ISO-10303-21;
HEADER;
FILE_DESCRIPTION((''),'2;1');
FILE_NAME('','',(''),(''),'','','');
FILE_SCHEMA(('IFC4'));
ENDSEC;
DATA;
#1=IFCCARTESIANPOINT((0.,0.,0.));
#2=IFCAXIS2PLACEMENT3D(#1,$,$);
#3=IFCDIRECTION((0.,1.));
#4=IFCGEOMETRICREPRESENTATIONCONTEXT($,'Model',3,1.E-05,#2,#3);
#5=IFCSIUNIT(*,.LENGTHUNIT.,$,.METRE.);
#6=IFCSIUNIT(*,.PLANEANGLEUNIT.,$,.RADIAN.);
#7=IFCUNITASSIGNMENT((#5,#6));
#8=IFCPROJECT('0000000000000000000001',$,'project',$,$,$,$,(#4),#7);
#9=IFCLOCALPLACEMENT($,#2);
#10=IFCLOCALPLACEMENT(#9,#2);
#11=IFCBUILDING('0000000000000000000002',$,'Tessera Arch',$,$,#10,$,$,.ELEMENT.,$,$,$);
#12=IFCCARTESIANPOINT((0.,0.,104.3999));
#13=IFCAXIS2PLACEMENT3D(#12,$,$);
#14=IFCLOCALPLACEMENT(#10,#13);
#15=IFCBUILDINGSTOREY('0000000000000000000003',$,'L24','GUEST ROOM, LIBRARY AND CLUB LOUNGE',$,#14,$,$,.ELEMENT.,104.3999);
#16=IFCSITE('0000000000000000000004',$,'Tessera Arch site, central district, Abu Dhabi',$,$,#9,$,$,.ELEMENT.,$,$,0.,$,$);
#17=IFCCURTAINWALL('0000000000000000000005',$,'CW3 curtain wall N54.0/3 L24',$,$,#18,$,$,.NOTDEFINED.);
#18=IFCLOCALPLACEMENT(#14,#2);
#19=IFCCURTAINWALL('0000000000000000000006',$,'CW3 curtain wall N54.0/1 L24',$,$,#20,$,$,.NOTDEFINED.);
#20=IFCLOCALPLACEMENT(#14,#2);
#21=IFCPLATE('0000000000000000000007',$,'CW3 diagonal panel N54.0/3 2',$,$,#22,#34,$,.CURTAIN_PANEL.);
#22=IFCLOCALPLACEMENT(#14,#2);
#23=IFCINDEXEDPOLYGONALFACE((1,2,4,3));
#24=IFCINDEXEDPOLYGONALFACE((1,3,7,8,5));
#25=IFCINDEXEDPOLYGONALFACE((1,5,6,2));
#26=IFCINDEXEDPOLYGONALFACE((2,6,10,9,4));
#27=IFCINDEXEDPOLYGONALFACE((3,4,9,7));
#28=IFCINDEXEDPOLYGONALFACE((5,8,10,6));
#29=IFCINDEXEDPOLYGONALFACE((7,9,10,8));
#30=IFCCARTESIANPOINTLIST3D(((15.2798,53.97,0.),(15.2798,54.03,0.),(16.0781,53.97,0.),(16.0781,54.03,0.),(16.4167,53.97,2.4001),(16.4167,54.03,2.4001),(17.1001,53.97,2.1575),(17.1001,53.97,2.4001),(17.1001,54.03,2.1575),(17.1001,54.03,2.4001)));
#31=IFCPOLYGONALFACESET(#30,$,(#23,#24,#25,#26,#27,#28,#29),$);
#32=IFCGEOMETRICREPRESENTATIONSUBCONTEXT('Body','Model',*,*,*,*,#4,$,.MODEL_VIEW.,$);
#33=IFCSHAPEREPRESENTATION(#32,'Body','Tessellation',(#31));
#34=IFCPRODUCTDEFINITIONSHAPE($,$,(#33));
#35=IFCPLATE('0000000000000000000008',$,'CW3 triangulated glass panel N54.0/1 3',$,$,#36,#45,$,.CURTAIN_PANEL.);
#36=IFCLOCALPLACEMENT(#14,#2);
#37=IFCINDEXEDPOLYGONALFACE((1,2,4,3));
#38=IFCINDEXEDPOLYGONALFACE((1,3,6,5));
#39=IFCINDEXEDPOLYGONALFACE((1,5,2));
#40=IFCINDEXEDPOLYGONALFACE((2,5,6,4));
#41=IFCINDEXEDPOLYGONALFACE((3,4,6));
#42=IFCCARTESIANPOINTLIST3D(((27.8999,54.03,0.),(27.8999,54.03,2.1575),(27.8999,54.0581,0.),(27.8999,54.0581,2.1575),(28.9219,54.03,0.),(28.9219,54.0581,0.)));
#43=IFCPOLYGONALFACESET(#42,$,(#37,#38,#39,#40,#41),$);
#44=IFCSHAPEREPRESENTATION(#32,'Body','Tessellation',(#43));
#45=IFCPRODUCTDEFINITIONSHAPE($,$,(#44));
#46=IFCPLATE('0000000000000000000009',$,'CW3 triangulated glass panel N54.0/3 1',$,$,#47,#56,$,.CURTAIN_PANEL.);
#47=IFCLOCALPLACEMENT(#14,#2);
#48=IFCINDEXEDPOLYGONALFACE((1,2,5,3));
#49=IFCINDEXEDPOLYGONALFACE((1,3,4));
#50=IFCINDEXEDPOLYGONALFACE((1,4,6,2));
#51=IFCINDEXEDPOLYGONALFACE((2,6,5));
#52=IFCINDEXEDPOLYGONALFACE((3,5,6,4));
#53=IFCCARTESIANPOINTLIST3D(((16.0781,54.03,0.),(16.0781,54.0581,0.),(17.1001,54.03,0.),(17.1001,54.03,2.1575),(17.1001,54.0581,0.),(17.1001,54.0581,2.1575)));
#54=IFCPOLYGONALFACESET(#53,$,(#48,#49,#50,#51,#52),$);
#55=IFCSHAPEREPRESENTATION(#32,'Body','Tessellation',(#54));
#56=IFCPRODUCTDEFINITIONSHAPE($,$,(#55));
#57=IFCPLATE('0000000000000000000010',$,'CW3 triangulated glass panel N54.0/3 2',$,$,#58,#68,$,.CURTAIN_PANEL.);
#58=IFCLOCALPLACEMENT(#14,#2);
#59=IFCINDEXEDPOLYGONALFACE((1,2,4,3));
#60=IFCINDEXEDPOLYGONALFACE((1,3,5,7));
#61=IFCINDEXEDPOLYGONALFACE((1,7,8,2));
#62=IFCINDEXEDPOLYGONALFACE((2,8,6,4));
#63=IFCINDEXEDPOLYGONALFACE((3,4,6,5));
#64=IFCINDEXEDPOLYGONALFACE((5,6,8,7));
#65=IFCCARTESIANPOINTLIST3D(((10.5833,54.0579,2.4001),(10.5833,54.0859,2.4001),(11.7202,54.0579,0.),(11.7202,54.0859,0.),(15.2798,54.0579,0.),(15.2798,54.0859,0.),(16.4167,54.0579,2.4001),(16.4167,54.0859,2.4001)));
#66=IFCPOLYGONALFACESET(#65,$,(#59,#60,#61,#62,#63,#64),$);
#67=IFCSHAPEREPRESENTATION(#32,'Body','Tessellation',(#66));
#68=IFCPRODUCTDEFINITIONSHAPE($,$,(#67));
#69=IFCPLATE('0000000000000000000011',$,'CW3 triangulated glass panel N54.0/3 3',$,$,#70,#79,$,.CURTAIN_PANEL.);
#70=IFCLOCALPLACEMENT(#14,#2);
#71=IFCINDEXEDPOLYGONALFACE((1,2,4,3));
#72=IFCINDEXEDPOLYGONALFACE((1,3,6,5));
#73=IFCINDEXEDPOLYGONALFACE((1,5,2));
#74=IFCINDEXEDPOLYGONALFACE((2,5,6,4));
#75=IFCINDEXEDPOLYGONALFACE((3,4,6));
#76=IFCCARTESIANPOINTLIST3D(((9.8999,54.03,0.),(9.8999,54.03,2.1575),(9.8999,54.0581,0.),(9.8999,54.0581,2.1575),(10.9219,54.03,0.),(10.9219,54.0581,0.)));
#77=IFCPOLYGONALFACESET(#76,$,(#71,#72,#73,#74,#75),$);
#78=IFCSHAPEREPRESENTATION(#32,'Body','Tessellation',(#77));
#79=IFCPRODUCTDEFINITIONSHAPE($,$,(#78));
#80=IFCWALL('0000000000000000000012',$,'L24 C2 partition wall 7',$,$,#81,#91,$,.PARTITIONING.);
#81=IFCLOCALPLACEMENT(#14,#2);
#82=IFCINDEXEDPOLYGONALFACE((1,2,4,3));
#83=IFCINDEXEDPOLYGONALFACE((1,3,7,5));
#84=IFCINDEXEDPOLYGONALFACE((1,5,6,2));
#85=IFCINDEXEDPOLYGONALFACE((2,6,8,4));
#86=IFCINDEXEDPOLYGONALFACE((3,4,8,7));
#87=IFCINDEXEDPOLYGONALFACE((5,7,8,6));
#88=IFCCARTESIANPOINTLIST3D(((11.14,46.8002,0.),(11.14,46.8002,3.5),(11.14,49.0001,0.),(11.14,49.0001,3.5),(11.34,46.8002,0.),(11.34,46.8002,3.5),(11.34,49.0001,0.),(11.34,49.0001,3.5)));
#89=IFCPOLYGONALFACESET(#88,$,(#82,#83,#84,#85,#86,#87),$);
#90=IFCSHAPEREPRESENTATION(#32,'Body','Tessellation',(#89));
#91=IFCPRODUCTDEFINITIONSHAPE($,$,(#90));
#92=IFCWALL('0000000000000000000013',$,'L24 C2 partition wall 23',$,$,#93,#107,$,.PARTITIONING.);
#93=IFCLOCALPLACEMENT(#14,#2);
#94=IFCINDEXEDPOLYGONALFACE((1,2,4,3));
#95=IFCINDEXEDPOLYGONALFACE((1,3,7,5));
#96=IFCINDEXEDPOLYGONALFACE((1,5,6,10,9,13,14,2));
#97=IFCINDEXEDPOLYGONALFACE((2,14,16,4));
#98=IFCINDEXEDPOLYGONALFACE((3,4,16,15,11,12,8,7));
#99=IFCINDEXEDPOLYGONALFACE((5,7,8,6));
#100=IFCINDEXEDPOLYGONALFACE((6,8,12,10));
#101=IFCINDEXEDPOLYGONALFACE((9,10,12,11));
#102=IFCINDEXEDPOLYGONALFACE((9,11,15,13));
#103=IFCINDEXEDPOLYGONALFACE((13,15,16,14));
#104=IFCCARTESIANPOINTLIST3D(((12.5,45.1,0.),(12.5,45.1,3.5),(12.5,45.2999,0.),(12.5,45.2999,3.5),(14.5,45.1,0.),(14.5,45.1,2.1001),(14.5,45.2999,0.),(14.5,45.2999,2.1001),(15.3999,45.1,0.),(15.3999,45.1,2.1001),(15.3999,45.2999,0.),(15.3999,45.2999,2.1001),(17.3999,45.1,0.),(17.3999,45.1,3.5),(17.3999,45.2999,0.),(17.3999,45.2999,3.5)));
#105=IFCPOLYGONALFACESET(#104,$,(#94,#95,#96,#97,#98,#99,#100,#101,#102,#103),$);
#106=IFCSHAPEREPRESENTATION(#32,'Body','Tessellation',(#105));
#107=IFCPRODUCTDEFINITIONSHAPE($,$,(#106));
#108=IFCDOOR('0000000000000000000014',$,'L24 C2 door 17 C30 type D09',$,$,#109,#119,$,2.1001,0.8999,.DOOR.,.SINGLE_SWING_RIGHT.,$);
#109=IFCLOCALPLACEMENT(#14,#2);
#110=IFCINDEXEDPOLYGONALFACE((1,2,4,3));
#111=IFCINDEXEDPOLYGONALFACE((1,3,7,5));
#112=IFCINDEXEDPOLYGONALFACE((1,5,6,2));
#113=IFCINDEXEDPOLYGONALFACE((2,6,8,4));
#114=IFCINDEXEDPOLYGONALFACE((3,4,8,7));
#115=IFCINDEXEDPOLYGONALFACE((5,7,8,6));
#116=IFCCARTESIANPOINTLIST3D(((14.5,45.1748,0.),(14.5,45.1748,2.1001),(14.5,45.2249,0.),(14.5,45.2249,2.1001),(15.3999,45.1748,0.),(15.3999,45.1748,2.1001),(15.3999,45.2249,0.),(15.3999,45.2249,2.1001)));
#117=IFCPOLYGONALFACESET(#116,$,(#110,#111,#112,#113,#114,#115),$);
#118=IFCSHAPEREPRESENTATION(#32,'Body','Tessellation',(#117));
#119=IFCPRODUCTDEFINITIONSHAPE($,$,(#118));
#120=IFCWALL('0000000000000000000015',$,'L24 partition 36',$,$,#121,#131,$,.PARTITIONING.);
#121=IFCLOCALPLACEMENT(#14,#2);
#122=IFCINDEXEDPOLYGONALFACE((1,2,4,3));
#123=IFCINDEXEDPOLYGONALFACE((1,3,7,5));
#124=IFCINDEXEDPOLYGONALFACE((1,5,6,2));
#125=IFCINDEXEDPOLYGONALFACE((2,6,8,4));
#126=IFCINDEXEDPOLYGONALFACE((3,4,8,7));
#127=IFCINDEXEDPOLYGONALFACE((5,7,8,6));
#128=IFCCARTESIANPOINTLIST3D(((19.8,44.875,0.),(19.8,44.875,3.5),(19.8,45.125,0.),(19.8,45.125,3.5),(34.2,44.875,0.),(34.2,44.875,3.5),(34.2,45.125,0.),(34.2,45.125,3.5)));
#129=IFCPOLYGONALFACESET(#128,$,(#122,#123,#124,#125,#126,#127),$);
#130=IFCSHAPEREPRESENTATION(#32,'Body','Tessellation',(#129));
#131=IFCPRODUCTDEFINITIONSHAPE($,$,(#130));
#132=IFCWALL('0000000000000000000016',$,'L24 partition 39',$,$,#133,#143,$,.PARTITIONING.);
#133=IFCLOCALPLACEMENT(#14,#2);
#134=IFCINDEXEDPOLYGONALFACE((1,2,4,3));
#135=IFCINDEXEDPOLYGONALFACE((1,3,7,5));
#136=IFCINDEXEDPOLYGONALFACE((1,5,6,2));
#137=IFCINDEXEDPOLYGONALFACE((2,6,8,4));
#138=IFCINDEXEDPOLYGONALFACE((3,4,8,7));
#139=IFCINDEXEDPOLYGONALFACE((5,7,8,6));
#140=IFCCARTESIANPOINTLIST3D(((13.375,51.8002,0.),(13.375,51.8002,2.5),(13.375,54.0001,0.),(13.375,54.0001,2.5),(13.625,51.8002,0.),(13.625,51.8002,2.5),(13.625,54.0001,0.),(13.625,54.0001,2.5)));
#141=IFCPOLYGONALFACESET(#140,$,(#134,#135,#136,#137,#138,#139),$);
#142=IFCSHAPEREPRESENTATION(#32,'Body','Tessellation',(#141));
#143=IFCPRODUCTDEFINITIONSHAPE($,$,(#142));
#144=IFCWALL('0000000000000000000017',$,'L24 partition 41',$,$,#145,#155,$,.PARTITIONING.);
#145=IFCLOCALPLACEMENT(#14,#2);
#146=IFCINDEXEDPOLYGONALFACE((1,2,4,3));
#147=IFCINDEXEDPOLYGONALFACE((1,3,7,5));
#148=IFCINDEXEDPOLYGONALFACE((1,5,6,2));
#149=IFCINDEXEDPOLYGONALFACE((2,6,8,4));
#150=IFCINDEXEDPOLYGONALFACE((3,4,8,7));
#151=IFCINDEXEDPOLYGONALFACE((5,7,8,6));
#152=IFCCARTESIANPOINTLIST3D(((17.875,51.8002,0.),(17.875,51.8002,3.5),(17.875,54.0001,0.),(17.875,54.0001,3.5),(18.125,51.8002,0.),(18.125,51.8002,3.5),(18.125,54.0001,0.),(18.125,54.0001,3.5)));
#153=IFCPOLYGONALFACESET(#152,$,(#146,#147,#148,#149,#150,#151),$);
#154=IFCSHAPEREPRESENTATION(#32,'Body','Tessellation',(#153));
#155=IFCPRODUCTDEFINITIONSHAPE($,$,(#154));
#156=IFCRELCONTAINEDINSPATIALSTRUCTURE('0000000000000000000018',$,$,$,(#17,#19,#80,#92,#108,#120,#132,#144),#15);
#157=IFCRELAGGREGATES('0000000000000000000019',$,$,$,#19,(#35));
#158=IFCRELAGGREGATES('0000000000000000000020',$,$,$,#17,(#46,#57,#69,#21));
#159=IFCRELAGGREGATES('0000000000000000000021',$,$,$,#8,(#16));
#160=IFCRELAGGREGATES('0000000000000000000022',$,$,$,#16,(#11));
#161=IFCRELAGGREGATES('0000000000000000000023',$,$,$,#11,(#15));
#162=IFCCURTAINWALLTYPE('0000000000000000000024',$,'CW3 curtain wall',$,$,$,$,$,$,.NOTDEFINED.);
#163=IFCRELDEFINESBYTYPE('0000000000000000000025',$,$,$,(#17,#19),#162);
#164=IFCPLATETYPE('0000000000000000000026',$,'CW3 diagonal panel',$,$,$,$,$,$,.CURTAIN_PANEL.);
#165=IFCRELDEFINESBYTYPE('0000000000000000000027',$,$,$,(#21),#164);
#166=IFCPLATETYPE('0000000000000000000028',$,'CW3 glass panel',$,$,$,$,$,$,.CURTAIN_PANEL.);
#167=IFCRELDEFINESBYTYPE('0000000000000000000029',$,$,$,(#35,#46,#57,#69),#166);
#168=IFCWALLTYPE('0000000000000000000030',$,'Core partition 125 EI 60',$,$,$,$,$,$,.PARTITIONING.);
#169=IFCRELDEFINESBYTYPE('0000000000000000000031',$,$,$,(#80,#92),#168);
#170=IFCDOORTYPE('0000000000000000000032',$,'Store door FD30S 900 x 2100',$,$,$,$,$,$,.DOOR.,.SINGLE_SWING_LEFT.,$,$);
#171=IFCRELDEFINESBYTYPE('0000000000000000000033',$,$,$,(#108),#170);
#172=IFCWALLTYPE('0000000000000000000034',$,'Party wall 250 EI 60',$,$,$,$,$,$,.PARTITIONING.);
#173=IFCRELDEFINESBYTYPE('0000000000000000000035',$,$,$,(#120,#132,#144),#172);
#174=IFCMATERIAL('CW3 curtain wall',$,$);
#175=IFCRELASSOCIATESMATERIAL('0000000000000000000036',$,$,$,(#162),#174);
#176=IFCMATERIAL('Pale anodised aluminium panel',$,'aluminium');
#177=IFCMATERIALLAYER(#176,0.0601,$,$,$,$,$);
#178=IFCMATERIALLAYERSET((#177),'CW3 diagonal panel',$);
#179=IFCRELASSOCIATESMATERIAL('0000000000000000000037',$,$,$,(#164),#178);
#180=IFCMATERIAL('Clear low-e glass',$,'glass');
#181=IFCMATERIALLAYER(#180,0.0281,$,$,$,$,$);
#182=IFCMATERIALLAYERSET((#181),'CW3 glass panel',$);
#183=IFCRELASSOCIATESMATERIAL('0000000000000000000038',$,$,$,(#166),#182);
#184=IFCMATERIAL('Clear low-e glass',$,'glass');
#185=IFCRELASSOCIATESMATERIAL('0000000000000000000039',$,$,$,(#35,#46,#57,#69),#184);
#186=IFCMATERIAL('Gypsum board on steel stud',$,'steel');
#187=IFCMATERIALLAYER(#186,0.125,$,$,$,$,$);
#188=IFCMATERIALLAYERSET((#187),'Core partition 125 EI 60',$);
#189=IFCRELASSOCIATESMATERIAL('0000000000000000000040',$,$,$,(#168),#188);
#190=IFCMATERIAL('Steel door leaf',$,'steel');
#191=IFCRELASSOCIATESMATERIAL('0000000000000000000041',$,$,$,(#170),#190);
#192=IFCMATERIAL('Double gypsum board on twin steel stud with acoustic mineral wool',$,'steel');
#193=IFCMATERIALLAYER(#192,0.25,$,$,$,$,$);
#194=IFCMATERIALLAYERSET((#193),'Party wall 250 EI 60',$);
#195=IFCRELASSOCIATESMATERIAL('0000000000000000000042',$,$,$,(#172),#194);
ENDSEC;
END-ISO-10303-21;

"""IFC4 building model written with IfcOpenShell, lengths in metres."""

from ifc_helpers import new_model, si_unit, direction, frame, frame_2d, origin, place, context, subcontext, project, spatial, polyline, rectangle, outline, extrude, material, layer, layer_set, type_object, element, fill, aggregate, save


model = new_model("IFC4")

# Units and contexts
model_context = context("Model", 3, precision=1e-05, world=origin(), true_north=direction((0.0, 1.0)))
body_context = subcontext(model_context, "Body", "Model", "MODEL_VIEW")
ifc_project = project(units=[si_unit("LENGTHUNIT", "METRE"), si_unit("PLANEANGLEUNIT", "RADIAN")], contexts=[model_context])

# Site, building, storey
site_placement = place(None, origin())
site = spatial("IfcSite", under=ifc_project, at=site_placement, Name="Tessera Arch site, central district, Abu Dhabi", CompositionType="ELEMENT", RefElevation=0.0)
building_placement = place(site_placement, origin())
building = spatial("IfcBuilding", under=site, at=building_placement, Name="Tessera Arch", CompositionType="ELEMENT")
storey_placement = place(building_placement, frame((0.0, 0.0, 104.3999)))
storey = spatial("IfcBuildingStorey", under=building, at=storey_placement, Name="L24", Description="GUEST ROOM, LIBRARY AND CLUB LOUNGE", CompositionType="ELEMENT", Elevation=104.3999)

# Curtain wall
ifc_material_1 = material(Name="CW3 curtain wall")
curtain_wall_type_1 = type_object("IfcCurtainWallType", Name="CW3 curtain wall", PredefinedType="NOTDEFINED", material=ifc_material_1)
curtain_wall_1_placement = place(storey_placement, origin())
curtain_wall_1 = element("IfcCurtainWall", 1, at=curtain_wall_1_placement, inside=storey, type_object=curtain_wall_type_1, Name="CW3 curtain wall N54.0/3 L24", PredefinedType="NOTDEFINED")

# Shared definitions
ifc_material_2 = material(Name="Clear low-e glass", Category="glass")

# Curtain wall
curtain_wall_2_placement = place(storey_placement, origin())
curtain_wall_2 = element("IfcCurtainWall", 2, at=curtain_wall_2_placement, inside=storey, type_object=curtain_wall_type_1, Name="CW3 curtain wall N54.0/1 L24", PredefinedType="NOTDEFINED")
ifc_material_3 = material(Name="Pale anodised aluminium panel", Category="aluminium")
ifc_layer_1 = layer(ifc_material_3, 0.0601)
ifc_layer_set_1 = layer_set([ifc_layer_1], Name="CW3 diagonal panel")
plate_type_1 = type_object("IfcPlateType", Name="CW3 diagonal panel", PredefinedType="CURTAIN_PANEL", material=ifc_layer_set_1)

# Plates
plate_1_placement = place(storey_placement, frame((17.1001, 54.03, 2.4001), z_axis=(0.0, 1.0, 0.0), x_axis=(0.0, 0.0, -1.0)))
plate_1 = element("IfcPlate", 3, at=plate_1_placement, type_object=plate_type_1, Name="CW3 diagonal panel N54.0/3 2", PredefinedType="CURTAIN_PANEL", context=body_context, shape_type="SweptSolid", body=[
    extrude(outline(polyline([(0.0, 0.0), (0.2427, 0.0), (2.4001, 1.022), (2.4001, 1.8203), (0.0, 0.6833), (0.0, 0.0)])), origin(), (0.0, 0.0, -1.0), 0.0601),
])
ifc_material_4 = material(Name="Clear low-e glass", Category="glass")
ifc_layer_2 = layer(ifc_material_4, 0.0281)
ifc_layer_set_2 = layer_set([ifc_layer_2], Name="CW3 glass panel")
plate_type_2 = type_object("IfcPlateType", Name="CW3 glass panel", PredefinedType="CURTAIN_PANEL", material=ifc_layer_set_2)
plate_2_placement = place(storey_placement, frame((27.8999, 54.0581, 0.0), z_axis=(0.0, 1.0, 0.0), x_axis=(0.0, 0.0, 1.0)))
plate_2 = element("IfcPlate", 4, at=plate_2_placement, type_object=plate_type_2, material=ifc_material_2, Name="CW3 triangulated glass panel N54.0/1 3", PredefinedType="CURTAIN_PANEL", context=body_context, shape_type="SweptSolid", body=[
    extrude(outline(polyline([(0.0, 0.0), (2.1575, 0.0), (0.0, 1.022), (0.0, 0.0)])), origin(), (0.0, 0.0, -1.0), 0.0281),
])
aggregate(curtain_wall_2, [plate_2])
plate_3_placement = place(storey_placement, frame((17.1001, 54.0581, 0.0), z_axis=(0.0, 1.0, 0.0), x_axis=(-1.0, 0.0, 0.0)))
plate_3 = element("IfcPlate", 5, at=plate_3_placement, type_object=plate_type_2, material=ifc_material_2, Name="CW3 triangulated glass panel N54.0/3 1", PredefinedType="CURTAIN_PANEL", context=body_context, shape_type="SweptSolid", body=[
    extrude(outline(polyline([(0.0, 0.0), (1.022, 0.0), (0.0, 2.1575), (0.0, 0.0)])), origin(), (0.0, 0.0, -1.0), 0.0281),
])
plate_4_placement = place(storey_placement, frame((10.5833, 54.0859, 2.4001), z_axis=(0.0, 1.0, 0.0), x_axis=(1.0, 0.0, 0.0)))
plate_4 = element("IfcPlate", 6, at=plate_4_placement, type_object=plate_type_2, material=ifc_material_2, Name="CW3 triangulated glass panel N54.0/3 2", PredefinedType="CURTAIN_PANEL", context=body_context, shape_type="SweptSolid", body=[
    extrude(outline(polyline([(0.0, 0.0), (5.8335, 0.0), (4.6965, 2.4001), (1.137, 2.4001), (0.0, 0.0)])), origin(), (0.0, 0.0, -1.0), 0.0281),
])
plate_5_placement = place(storey_placement, frame((9.8999, 54.0581, 0.0), z_axis=(0.0, 1.0, 0.0), x_axis=(0.0, 0.0, 1.0)))
plate_5 = element("IfcPlate", 7, at=plate_5_placement, type_object=plate_type_2, material=ifc_material_2, Name="CW3 triangulated glass panel N54.0/3 3", PredefinedType="CURTAIN_PANEL", context=body_context, shape_type="SweptSolid", body=[
    extrude(outline(polyline([(0.0, 0.0), (2.1575, 0.0), (0.0, 1.022), (0.0, 0.0)])), origin(), (0.0, 0.0, -1.0), 0.0281),
])
aggregate(curtain_wall_1, [plate_3, plate_4, plate_5, plate_1])

# Wall
ifc_material_5 = material(Name="Gypsum board on steel stud", Category="steel")
ifc_layer_3 = layer(ifc_material_5, 0.125)
ifc_layer_set_3 = layer_set([ifc_layer_3], Name="Core partition 125 EI 60")
wall_type_1 = type_object("IfcWallType", Name="Core partition 125 EI 60", PredefinedType="PARTITIONING", material=ifc_layer_set_3)
wall_1_placement = place(storey_placement, frame((11.24, 46.8, 0.0), z_axis=(0.0, 0.0, 1.0), x_axis=(0.0, 1.0, 0.0)))
element("IfcWall", 8, at=wall_1_placement, inside=storey, type_object=wall_type_1, Name="L24 C2 partition wall 7", PredefinedType="PARTITIONING", context=body_context, shape_type="SweptSolid", body=[
    extrude(rectangle(XDim=2.2, YDim=0.2, at=frame_2d((1.1001, 0.0))), origin(), (0.0, 0.0, 1.0), 3.5),
])

# Wall, opening, door
wall_2_placement = place(storey_placement, frame((12.5, 45.2, 0.0), z_axis=(0.0, 0.0, 1.0), x_axis=(1.0, 0.0, 0.0)))
wall_2 = element("IfcWall", 9, at=wall_2_placement, inside=storey, type_object=wall_type_1, Name="L24 C2 partition wall 23", PredefinedType="PARTITIONING", context=body_context, shape_type="SweptSolid", body=[
    extrude(rectangle(XDim=4.8999, YDim=0.2, at=frame_2d((2.45, 0.0))), origin(), (0.0, 0.0, 1.0), 3.5),
])
opening_placement = place(wall_2_placement, frame((2.0, 0.0, 0.0)))
opening = element("IfcOpeningElement", 10, at=opening_placement, cuts=wall_2, PredefinedType="OPENING", context=body_context, shape_type="SweptSolid", body=[
    extrude(rectangle(XDim=0.8999, YDim=2.1001, at=frame_2d((0.45, 1.05))), frame((0.0, 0.1099, 0.0), z_axis=(0.0, -1.0, 0.0), x_axis=(1.0, 0.0, 0.0)), (0.0, 0.0, 1.0), 0.22),
])
ifc_material_6 = material(Name="Steel door leaf", Category="steel")
door_type = type_object("IfcDoorType", Name="Store door FD30S 900 x 2100", OperationType="SINGLE_SWING_LEFT", PredefinedType="DOOR", material=ifc_material_6)
door_placement = place(opening_placement, origin())
door = element("IfcDoor", 11, at=door_placement, inside=storey, type_object=door_type, Name="L24 C2 door 17 C30 type D09", OperationType="SINGLE_SWING_RIGHT", OverallHeight=2.1001, OverallWidth=0.8999, PredefinedType="DOOR", context=body_context, shape_type="SweptSolid", body=[
    extrude(rectangle(XDim=0.8999, YDim=2.1001, at=frame_2d((0.45, 1.05))), frame((0.0, 0.0249, 0.0), z_axis=(0.0, -1.0, 0.0), x_axis=(1.0, 0.0, 0.0)), (0.0, 0.0, 1.0), 0.05),
])
fill(opening, door)

# Walls
ifc_material_7 = material(Name="Double gypsum board on twin steel stud with acoustic mineral wool", Category="steel")
ifc_layer_4 = layer(ifc_material_7, 0.25)
ifc_layer_set_4 = layer_set([ifc_layer_4], Name="Party wall 250 EI 60")
wall_type_2 = type_object("IfcWallType", Name="Party wall 250 EI 60", PredefinedType="PARTITIONING", material=ifc_layer_set_4)
wall_3_placement = place(storey_placement, frame((19.8, 45.0, 0.0), z_axis=(0.0, 0.0, 1.0), x_axis=(1.0, 0.0, 0.0)))
element("IfcWall", 12, at=wall_3_placement, inside=storey, type_object=wall_type_2, Name="L24 partition 36", PredefinedType="PARTITIONING", context=body_context, shape_type="SweptSolid", body=[
    extrude(rectangle(XDim=14.3999, YDim=0.25, at=frame_2d((7.2, 0.0))), origin(), (0.0, 0.0, 1.0), 3.5),
])
wall_4_placement = place(storey_placement, frame((13.5, 51.8, 0.0), z_axis=(0.0, 0.0, 1.0), x_axis=(0.0, 1.0, 0.0)))
element("IfcWall", 13, at=wall_4_placement, inside=storey, type_object=wall_type_2, Name="L24 partition 39", PredefinedType="PARTITIONING", context=body_context, shape_type="SweptSolid", body=[
    extrude(rectangle(XDim=2.2, YDim=0.25, at=frame_2d((1.1001, 0.0))), origin(), (0.0, 0.0, 1.0), 2.5),
])
wall_5_placement = place(storey_placement, frame((18.0, 51.8, 0.0), z_axis=(0.0, 0.0, 1.0), x_axis=(0.0, 1.0, 0.0)))
element("IfcWall", 14, at=wall_5_placement, inside=storey, type_object=wall_type_2, Name="L24 partition 41", PredefinedType="PARTITIONING", context=body_context, shape_type="SweptSolid", body=[
    extrude(rectangle(XDim=2.2, YDim=0.25, at=frame_2d((1.1001, 0.0))), origin(), (0.0, 0.0, 1.0), 3.5),
])

save(model, "model.ifc")
